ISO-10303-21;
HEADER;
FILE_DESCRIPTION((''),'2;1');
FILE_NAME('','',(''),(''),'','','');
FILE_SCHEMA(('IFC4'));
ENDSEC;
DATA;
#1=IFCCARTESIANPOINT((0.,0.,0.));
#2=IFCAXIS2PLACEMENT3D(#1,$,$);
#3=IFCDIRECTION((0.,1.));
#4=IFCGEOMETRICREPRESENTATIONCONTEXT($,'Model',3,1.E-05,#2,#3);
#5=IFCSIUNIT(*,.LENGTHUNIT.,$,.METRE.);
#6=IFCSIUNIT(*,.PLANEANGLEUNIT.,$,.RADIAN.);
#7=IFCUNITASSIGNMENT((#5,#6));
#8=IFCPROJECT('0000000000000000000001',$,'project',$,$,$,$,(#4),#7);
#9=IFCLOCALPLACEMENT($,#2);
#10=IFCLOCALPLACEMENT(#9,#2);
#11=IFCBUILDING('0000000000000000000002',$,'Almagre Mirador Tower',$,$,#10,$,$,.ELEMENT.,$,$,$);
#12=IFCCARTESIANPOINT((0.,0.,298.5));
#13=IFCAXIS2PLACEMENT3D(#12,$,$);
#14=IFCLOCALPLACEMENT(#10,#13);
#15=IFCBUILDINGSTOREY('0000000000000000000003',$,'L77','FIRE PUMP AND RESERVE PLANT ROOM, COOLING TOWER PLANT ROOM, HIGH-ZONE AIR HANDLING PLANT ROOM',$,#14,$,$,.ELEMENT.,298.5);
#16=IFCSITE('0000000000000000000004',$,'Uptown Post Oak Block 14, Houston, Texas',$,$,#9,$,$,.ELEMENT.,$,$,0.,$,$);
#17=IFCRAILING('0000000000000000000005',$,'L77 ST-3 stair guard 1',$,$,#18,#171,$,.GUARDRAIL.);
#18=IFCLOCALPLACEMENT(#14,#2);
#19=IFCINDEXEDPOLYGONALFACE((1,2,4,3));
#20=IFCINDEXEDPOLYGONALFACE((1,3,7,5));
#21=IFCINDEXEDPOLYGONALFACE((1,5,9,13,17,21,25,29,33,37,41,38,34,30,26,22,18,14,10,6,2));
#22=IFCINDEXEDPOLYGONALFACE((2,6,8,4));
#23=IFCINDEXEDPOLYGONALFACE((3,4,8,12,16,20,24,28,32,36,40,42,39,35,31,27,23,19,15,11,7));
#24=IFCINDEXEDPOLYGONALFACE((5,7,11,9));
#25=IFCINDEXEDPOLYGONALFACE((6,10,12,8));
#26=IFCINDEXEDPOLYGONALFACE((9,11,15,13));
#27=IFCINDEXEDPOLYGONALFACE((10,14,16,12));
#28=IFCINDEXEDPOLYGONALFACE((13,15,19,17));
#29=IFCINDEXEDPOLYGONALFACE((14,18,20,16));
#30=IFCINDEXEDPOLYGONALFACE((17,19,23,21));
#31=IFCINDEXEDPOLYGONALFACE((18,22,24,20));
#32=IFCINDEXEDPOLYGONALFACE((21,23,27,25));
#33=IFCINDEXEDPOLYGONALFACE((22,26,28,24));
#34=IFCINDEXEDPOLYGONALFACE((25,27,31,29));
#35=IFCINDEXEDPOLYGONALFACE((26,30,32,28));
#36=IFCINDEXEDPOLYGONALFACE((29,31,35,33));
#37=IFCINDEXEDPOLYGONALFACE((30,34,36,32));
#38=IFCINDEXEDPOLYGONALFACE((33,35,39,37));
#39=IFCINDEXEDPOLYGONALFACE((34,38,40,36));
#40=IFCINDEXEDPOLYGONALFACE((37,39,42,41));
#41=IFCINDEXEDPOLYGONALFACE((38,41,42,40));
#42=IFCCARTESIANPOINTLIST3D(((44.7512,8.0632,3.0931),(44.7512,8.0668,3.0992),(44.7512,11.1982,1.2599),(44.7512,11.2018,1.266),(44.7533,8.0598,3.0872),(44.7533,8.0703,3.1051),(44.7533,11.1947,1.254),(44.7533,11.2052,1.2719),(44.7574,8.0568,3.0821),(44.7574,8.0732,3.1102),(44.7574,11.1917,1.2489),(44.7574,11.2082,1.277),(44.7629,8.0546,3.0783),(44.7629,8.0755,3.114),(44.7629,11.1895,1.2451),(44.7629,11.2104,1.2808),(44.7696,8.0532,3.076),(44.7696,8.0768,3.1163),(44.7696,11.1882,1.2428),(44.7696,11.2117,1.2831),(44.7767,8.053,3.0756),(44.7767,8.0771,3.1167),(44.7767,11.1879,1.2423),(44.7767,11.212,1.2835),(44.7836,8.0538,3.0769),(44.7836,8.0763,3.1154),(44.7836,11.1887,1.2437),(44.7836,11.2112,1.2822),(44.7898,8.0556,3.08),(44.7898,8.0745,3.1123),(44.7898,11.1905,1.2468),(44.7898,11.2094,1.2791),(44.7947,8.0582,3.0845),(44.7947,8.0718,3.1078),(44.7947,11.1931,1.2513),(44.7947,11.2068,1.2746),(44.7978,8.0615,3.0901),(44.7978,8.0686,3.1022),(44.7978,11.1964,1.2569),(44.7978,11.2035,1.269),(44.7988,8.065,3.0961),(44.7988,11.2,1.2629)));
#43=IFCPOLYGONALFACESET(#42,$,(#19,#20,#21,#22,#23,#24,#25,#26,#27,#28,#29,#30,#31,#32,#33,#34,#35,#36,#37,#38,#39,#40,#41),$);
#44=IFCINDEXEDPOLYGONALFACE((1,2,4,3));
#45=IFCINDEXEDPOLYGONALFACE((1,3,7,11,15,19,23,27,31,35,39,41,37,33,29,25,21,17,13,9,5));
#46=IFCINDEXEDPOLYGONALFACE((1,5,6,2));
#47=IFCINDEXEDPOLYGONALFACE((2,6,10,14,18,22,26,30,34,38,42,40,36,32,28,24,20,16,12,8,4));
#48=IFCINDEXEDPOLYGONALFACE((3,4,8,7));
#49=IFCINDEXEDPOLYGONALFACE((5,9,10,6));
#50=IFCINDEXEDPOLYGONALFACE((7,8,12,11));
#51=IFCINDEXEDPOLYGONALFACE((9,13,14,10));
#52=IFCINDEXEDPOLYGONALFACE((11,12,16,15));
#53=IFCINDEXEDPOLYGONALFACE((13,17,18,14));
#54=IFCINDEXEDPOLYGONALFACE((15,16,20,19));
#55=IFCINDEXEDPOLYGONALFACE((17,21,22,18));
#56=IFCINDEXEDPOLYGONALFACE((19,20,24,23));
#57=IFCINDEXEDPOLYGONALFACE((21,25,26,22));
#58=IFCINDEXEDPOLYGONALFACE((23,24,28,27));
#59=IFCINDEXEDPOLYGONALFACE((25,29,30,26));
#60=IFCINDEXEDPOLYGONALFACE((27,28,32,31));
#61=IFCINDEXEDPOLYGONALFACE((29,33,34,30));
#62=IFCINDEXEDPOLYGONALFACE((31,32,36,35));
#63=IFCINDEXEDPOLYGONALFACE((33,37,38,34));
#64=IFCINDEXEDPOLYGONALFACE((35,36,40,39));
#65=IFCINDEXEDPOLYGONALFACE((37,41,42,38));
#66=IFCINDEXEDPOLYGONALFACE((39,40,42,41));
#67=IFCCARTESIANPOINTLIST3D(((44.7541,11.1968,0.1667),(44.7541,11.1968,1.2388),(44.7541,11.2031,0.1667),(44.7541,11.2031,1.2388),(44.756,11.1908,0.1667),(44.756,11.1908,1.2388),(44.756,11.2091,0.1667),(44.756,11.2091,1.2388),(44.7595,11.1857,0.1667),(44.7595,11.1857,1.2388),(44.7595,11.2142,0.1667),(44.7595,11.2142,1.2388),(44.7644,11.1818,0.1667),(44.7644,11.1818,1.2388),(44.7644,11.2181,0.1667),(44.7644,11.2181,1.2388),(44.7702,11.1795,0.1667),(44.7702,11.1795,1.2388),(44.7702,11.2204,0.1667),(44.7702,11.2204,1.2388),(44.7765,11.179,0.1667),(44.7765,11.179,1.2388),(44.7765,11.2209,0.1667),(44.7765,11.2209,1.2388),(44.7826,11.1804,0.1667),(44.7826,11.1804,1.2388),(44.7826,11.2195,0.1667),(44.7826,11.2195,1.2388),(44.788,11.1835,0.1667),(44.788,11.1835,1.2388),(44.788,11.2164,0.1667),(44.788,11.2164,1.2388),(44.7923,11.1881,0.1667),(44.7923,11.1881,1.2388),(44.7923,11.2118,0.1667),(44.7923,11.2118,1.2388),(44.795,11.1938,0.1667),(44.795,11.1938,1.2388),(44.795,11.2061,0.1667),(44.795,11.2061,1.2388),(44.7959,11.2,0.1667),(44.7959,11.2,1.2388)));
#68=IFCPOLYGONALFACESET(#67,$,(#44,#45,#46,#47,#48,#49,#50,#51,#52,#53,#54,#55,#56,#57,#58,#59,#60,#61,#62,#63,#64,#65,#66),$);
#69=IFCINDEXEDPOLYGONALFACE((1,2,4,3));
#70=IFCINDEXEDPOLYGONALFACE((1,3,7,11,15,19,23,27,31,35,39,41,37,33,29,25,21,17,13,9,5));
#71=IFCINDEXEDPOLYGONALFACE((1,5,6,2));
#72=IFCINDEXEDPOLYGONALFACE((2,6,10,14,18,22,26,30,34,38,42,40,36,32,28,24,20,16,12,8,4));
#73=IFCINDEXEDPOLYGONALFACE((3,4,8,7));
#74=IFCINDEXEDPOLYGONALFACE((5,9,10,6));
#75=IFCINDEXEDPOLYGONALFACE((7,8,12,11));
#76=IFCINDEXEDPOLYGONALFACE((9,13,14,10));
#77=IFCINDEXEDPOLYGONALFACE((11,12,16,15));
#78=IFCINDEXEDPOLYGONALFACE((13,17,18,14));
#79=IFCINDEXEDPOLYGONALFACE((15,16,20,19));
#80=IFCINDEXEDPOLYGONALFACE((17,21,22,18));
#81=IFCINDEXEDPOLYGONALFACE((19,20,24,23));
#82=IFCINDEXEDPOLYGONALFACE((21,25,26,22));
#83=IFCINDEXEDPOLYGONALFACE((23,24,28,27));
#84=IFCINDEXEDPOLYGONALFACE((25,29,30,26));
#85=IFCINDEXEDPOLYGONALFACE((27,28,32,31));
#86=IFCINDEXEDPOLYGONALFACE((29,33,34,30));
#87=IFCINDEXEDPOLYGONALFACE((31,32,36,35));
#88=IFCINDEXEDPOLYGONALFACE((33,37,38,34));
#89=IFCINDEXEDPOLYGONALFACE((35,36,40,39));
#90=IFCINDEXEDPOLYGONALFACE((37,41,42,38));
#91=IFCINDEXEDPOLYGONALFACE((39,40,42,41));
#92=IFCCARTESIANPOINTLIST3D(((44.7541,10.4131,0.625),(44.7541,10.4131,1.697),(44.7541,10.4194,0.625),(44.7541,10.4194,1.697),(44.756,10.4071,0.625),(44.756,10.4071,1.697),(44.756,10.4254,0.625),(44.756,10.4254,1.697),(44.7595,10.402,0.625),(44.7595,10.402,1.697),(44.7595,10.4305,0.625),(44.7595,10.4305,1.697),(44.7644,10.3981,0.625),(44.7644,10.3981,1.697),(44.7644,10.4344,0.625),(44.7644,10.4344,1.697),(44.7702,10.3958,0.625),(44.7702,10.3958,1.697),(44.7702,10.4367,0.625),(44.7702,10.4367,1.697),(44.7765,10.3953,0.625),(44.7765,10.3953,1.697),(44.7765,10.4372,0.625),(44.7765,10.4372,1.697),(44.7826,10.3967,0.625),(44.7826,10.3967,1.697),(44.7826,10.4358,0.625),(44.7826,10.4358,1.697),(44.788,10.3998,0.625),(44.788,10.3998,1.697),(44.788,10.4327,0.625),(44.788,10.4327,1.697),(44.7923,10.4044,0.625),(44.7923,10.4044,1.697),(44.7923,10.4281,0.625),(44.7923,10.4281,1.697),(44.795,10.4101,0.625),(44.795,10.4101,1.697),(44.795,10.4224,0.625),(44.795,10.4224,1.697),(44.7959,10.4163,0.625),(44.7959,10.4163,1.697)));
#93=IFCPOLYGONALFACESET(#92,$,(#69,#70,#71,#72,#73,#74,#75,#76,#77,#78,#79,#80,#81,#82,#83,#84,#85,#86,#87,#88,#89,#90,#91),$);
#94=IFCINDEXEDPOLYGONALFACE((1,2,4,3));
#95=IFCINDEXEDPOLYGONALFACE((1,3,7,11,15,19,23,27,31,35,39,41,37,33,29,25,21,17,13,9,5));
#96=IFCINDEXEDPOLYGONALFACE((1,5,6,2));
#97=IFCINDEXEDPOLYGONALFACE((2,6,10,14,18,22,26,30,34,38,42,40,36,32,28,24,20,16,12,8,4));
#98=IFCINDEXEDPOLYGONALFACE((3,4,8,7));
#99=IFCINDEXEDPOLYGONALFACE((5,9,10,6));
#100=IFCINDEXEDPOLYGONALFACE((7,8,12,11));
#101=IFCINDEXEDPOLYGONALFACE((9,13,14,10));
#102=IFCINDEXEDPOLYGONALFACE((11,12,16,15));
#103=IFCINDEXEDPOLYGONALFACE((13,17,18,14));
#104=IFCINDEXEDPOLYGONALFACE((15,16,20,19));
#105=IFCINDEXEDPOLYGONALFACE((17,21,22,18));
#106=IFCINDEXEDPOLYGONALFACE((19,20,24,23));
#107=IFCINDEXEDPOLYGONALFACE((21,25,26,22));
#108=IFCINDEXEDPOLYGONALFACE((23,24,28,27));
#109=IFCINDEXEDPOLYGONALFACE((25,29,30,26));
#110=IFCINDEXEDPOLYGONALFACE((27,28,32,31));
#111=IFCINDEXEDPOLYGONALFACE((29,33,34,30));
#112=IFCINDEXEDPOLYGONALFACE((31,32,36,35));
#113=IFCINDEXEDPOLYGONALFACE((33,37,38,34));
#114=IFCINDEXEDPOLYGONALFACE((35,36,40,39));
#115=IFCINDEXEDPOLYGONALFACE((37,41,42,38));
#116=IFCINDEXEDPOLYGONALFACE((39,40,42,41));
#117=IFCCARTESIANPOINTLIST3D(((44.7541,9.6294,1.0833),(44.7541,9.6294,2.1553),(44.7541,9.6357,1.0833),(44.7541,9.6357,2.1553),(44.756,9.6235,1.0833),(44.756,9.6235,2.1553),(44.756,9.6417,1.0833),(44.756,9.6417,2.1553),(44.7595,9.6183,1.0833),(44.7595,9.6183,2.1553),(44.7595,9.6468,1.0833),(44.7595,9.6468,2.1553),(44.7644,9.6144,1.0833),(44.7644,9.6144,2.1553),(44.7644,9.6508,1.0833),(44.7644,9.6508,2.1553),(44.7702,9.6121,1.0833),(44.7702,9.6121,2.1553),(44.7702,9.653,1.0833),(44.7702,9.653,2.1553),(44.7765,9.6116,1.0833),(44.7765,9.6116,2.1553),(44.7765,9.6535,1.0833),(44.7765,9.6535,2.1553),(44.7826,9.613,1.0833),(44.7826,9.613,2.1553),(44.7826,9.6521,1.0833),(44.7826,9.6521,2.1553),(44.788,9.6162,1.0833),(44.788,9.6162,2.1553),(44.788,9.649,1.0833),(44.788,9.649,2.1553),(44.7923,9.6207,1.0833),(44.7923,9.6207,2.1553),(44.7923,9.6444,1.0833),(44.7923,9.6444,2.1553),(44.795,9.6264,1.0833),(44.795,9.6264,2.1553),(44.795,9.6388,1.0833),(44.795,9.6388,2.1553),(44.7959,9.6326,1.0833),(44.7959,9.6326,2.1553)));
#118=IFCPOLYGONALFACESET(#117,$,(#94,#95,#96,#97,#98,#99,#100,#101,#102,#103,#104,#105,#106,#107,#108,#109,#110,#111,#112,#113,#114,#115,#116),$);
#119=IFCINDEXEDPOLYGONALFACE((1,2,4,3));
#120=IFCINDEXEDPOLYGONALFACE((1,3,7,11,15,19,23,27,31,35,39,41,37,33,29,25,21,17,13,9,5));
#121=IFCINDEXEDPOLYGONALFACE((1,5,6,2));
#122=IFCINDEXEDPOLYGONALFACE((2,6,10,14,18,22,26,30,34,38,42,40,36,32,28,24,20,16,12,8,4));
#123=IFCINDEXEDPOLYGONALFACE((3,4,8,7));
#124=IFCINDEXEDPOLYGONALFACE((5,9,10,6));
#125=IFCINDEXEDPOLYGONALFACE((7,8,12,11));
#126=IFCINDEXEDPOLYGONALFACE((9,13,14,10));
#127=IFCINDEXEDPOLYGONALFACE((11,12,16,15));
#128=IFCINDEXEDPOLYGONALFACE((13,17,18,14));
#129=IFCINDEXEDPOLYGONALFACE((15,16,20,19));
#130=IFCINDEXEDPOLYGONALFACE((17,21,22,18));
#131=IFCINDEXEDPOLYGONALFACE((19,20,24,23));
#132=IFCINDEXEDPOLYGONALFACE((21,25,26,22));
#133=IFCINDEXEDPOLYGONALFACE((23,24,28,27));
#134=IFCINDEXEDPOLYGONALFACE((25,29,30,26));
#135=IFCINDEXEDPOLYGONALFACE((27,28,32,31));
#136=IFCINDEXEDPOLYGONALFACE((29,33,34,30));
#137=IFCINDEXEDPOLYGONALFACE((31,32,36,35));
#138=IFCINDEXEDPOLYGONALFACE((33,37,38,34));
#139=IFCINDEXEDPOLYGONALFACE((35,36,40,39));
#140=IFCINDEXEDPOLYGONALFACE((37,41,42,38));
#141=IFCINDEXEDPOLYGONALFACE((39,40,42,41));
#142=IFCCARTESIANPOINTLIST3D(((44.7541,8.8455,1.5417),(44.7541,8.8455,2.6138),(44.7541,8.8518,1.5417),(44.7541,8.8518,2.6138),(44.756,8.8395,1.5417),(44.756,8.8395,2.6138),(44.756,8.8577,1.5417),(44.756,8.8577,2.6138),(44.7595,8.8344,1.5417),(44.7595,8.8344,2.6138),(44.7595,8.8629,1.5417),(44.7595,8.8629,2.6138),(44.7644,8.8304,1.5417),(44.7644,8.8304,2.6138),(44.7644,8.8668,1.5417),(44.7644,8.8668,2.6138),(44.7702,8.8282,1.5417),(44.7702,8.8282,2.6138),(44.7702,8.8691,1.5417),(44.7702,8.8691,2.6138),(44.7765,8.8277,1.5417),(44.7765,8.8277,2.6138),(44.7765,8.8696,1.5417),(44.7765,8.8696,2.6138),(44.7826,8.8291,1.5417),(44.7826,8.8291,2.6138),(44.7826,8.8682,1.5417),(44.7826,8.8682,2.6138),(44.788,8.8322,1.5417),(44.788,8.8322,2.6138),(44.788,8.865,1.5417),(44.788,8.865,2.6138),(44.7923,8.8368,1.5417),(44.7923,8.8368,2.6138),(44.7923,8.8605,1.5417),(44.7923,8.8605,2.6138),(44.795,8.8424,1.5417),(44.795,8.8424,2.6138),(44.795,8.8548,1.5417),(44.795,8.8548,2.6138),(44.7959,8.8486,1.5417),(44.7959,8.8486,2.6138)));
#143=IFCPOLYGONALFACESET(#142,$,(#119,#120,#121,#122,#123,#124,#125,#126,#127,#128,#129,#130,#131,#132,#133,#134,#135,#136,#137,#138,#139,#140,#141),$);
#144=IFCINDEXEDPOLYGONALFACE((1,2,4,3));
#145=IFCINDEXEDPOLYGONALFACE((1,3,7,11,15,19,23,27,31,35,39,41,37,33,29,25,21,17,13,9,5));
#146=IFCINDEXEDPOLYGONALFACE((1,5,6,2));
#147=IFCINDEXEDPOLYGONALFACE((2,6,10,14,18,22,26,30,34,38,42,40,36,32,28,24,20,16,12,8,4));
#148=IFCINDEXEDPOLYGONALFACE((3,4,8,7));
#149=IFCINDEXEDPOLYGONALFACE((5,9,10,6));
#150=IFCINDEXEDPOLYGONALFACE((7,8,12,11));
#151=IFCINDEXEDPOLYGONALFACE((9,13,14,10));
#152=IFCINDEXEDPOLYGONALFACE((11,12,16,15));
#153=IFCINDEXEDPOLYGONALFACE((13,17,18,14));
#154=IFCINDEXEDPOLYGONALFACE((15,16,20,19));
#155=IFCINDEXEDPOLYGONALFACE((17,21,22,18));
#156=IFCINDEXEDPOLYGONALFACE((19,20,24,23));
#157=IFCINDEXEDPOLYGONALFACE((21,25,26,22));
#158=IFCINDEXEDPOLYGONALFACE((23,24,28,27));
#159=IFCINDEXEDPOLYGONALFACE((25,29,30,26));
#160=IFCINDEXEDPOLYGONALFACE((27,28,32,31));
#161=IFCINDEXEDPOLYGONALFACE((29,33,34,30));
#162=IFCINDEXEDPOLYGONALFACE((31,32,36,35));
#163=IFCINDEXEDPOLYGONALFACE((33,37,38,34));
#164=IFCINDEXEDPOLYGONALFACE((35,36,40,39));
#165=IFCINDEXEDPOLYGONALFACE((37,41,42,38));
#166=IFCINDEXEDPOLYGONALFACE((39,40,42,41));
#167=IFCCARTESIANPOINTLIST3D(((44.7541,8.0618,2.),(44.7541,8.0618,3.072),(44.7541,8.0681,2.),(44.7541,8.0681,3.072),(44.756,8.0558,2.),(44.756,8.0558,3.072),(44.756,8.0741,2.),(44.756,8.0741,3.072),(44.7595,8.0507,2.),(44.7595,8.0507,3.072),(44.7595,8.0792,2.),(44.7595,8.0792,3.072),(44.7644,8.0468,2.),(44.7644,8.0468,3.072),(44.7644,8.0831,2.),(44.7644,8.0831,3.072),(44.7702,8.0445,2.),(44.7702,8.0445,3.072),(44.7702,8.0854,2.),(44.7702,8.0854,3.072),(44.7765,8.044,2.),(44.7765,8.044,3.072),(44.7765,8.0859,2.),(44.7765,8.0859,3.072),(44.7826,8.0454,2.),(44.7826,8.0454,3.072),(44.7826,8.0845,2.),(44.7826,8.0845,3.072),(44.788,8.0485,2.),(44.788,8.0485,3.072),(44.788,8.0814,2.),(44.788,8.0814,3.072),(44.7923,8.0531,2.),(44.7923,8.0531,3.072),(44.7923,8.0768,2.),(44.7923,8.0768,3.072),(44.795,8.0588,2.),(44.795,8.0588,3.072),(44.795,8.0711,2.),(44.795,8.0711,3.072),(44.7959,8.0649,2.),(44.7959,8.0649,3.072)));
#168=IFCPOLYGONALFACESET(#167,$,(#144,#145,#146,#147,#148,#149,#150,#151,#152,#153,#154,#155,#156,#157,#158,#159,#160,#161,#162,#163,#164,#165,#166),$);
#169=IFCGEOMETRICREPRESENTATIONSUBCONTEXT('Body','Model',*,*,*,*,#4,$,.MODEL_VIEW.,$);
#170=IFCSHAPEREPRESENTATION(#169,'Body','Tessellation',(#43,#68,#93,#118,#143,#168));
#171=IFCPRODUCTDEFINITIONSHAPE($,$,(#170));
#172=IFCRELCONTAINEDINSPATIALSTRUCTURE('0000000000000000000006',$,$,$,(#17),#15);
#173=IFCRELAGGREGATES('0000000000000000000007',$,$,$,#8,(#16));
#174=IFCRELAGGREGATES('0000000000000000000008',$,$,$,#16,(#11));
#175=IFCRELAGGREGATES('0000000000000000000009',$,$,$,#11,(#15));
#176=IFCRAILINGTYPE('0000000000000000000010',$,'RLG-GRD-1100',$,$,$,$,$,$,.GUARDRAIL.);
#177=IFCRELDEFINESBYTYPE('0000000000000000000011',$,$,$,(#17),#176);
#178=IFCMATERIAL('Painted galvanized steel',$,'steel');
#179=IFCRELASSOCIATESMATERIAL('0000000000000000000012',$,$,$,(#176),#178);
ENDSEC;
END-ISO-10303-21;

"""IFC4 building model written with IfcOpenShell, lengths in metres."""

from ifc_helpers import new_model, si_unit, direction, frame, origin, origin_2d, place, context, subcontext, project, spatial, circle, extrude, material, type_object, element, save


model = new_model("IFC4")

# Units and contexts
model_context = context("Model", 3, precision=1e-05, world=origin(), true_north=direction((0.0, 1.0)))
body_context = subcontext(model_context, "Body", "Model", "MODEL_VIEW")
ifc_project = project(units=[si_unit("LENGTHUNIT", "METRE"), si_unit("PLANEANGLEUNIT", "RADIAN")], contexts=[model_context])

# Site, building, storey
site_placement = place(None, origin())
site = spatial("IfcSite", under=ifc_project, at=site_placement, Name="Uptown Post Oak Block 14, Houston, Texas", CompositionType="ELEMENT", RefElevation=0.0)
building_placement = place(site_placement, origin())
building = spatial("IfcBuilding", under=site, at=building_placement, Name="Almagre Mirador Tower", CompositionType="ELEMENT")
storey_placement = place(building_placement, frame((0.0, 0.0, 298.5)))
storey = spatial("IfcBuildingStorey", under=building, at=storey_placement, Name="L77", Description="FIRE PUMP AND RESERVE PLANT ROOM, COOLING TOWER PLANT ROOM, HIGH-ZONE AIR HANDLING PLANT ROOM", CompositionType="ELEMENT", Elevation=298.5)

# Railing
ifc_material_1 = material(Name="Painted galvanized steel", Category="steel")
railing_type_1 = type_object("IfcRailingType", Name="RLG-GRD-1100", PredefinedType="GUARDRAIL", material=ifc_material_1)
railing_1_placement = place(storey_placement, frame((44.7749, 11.2, 0.1667)))
element("IfcRailing", 1, at=railing_1_placement, inside=storey, type_object=railing_type_1, Name="L77 ST-3 stair guard 1", PredefinedType="GUARDRAIL", context=body_context, shape_type="SweptSolid", body=[
    extrude(circle(Radius=0.0239, at=origin_2d()), frame((0.0, 0.0, 1.0962), z_axis=(0.0, -0.86324, 0.504794), x_axis=(1.0, 0.0, 0.0)), (0.0, 0.0, 1.0), 3.6316),
    extrude(circle(Radius=0.021, at=origin_2d()), origin(), (0.0, 0.0, 1.0), 1.072),
    extrude(circle(Radius=0.021, at=origin_2d()), frame((0.0, -0.7837, 0.4583)), (0.0, 0.0, 1.0), 1.072),
    extrude(circle(Radius=0.021, at=origin_2d()), frame((0.0, -1.5674, 0.9165)), (0.0, 0.0, 1.0), 1.072),
    extrude(circle(Radius=0.021, at=origin_2d()), frame((0.0, -2.3513, 1.375)), (0.0, 0.0, 1.0), 1.072),
    extrude(circle(Radius=0.021, at=origin_2d()), frame((0.0, -3.135, 1.8333)), (0.0, 0.0, 1.0), 1.072),
])

save(model, "model.ifc")
